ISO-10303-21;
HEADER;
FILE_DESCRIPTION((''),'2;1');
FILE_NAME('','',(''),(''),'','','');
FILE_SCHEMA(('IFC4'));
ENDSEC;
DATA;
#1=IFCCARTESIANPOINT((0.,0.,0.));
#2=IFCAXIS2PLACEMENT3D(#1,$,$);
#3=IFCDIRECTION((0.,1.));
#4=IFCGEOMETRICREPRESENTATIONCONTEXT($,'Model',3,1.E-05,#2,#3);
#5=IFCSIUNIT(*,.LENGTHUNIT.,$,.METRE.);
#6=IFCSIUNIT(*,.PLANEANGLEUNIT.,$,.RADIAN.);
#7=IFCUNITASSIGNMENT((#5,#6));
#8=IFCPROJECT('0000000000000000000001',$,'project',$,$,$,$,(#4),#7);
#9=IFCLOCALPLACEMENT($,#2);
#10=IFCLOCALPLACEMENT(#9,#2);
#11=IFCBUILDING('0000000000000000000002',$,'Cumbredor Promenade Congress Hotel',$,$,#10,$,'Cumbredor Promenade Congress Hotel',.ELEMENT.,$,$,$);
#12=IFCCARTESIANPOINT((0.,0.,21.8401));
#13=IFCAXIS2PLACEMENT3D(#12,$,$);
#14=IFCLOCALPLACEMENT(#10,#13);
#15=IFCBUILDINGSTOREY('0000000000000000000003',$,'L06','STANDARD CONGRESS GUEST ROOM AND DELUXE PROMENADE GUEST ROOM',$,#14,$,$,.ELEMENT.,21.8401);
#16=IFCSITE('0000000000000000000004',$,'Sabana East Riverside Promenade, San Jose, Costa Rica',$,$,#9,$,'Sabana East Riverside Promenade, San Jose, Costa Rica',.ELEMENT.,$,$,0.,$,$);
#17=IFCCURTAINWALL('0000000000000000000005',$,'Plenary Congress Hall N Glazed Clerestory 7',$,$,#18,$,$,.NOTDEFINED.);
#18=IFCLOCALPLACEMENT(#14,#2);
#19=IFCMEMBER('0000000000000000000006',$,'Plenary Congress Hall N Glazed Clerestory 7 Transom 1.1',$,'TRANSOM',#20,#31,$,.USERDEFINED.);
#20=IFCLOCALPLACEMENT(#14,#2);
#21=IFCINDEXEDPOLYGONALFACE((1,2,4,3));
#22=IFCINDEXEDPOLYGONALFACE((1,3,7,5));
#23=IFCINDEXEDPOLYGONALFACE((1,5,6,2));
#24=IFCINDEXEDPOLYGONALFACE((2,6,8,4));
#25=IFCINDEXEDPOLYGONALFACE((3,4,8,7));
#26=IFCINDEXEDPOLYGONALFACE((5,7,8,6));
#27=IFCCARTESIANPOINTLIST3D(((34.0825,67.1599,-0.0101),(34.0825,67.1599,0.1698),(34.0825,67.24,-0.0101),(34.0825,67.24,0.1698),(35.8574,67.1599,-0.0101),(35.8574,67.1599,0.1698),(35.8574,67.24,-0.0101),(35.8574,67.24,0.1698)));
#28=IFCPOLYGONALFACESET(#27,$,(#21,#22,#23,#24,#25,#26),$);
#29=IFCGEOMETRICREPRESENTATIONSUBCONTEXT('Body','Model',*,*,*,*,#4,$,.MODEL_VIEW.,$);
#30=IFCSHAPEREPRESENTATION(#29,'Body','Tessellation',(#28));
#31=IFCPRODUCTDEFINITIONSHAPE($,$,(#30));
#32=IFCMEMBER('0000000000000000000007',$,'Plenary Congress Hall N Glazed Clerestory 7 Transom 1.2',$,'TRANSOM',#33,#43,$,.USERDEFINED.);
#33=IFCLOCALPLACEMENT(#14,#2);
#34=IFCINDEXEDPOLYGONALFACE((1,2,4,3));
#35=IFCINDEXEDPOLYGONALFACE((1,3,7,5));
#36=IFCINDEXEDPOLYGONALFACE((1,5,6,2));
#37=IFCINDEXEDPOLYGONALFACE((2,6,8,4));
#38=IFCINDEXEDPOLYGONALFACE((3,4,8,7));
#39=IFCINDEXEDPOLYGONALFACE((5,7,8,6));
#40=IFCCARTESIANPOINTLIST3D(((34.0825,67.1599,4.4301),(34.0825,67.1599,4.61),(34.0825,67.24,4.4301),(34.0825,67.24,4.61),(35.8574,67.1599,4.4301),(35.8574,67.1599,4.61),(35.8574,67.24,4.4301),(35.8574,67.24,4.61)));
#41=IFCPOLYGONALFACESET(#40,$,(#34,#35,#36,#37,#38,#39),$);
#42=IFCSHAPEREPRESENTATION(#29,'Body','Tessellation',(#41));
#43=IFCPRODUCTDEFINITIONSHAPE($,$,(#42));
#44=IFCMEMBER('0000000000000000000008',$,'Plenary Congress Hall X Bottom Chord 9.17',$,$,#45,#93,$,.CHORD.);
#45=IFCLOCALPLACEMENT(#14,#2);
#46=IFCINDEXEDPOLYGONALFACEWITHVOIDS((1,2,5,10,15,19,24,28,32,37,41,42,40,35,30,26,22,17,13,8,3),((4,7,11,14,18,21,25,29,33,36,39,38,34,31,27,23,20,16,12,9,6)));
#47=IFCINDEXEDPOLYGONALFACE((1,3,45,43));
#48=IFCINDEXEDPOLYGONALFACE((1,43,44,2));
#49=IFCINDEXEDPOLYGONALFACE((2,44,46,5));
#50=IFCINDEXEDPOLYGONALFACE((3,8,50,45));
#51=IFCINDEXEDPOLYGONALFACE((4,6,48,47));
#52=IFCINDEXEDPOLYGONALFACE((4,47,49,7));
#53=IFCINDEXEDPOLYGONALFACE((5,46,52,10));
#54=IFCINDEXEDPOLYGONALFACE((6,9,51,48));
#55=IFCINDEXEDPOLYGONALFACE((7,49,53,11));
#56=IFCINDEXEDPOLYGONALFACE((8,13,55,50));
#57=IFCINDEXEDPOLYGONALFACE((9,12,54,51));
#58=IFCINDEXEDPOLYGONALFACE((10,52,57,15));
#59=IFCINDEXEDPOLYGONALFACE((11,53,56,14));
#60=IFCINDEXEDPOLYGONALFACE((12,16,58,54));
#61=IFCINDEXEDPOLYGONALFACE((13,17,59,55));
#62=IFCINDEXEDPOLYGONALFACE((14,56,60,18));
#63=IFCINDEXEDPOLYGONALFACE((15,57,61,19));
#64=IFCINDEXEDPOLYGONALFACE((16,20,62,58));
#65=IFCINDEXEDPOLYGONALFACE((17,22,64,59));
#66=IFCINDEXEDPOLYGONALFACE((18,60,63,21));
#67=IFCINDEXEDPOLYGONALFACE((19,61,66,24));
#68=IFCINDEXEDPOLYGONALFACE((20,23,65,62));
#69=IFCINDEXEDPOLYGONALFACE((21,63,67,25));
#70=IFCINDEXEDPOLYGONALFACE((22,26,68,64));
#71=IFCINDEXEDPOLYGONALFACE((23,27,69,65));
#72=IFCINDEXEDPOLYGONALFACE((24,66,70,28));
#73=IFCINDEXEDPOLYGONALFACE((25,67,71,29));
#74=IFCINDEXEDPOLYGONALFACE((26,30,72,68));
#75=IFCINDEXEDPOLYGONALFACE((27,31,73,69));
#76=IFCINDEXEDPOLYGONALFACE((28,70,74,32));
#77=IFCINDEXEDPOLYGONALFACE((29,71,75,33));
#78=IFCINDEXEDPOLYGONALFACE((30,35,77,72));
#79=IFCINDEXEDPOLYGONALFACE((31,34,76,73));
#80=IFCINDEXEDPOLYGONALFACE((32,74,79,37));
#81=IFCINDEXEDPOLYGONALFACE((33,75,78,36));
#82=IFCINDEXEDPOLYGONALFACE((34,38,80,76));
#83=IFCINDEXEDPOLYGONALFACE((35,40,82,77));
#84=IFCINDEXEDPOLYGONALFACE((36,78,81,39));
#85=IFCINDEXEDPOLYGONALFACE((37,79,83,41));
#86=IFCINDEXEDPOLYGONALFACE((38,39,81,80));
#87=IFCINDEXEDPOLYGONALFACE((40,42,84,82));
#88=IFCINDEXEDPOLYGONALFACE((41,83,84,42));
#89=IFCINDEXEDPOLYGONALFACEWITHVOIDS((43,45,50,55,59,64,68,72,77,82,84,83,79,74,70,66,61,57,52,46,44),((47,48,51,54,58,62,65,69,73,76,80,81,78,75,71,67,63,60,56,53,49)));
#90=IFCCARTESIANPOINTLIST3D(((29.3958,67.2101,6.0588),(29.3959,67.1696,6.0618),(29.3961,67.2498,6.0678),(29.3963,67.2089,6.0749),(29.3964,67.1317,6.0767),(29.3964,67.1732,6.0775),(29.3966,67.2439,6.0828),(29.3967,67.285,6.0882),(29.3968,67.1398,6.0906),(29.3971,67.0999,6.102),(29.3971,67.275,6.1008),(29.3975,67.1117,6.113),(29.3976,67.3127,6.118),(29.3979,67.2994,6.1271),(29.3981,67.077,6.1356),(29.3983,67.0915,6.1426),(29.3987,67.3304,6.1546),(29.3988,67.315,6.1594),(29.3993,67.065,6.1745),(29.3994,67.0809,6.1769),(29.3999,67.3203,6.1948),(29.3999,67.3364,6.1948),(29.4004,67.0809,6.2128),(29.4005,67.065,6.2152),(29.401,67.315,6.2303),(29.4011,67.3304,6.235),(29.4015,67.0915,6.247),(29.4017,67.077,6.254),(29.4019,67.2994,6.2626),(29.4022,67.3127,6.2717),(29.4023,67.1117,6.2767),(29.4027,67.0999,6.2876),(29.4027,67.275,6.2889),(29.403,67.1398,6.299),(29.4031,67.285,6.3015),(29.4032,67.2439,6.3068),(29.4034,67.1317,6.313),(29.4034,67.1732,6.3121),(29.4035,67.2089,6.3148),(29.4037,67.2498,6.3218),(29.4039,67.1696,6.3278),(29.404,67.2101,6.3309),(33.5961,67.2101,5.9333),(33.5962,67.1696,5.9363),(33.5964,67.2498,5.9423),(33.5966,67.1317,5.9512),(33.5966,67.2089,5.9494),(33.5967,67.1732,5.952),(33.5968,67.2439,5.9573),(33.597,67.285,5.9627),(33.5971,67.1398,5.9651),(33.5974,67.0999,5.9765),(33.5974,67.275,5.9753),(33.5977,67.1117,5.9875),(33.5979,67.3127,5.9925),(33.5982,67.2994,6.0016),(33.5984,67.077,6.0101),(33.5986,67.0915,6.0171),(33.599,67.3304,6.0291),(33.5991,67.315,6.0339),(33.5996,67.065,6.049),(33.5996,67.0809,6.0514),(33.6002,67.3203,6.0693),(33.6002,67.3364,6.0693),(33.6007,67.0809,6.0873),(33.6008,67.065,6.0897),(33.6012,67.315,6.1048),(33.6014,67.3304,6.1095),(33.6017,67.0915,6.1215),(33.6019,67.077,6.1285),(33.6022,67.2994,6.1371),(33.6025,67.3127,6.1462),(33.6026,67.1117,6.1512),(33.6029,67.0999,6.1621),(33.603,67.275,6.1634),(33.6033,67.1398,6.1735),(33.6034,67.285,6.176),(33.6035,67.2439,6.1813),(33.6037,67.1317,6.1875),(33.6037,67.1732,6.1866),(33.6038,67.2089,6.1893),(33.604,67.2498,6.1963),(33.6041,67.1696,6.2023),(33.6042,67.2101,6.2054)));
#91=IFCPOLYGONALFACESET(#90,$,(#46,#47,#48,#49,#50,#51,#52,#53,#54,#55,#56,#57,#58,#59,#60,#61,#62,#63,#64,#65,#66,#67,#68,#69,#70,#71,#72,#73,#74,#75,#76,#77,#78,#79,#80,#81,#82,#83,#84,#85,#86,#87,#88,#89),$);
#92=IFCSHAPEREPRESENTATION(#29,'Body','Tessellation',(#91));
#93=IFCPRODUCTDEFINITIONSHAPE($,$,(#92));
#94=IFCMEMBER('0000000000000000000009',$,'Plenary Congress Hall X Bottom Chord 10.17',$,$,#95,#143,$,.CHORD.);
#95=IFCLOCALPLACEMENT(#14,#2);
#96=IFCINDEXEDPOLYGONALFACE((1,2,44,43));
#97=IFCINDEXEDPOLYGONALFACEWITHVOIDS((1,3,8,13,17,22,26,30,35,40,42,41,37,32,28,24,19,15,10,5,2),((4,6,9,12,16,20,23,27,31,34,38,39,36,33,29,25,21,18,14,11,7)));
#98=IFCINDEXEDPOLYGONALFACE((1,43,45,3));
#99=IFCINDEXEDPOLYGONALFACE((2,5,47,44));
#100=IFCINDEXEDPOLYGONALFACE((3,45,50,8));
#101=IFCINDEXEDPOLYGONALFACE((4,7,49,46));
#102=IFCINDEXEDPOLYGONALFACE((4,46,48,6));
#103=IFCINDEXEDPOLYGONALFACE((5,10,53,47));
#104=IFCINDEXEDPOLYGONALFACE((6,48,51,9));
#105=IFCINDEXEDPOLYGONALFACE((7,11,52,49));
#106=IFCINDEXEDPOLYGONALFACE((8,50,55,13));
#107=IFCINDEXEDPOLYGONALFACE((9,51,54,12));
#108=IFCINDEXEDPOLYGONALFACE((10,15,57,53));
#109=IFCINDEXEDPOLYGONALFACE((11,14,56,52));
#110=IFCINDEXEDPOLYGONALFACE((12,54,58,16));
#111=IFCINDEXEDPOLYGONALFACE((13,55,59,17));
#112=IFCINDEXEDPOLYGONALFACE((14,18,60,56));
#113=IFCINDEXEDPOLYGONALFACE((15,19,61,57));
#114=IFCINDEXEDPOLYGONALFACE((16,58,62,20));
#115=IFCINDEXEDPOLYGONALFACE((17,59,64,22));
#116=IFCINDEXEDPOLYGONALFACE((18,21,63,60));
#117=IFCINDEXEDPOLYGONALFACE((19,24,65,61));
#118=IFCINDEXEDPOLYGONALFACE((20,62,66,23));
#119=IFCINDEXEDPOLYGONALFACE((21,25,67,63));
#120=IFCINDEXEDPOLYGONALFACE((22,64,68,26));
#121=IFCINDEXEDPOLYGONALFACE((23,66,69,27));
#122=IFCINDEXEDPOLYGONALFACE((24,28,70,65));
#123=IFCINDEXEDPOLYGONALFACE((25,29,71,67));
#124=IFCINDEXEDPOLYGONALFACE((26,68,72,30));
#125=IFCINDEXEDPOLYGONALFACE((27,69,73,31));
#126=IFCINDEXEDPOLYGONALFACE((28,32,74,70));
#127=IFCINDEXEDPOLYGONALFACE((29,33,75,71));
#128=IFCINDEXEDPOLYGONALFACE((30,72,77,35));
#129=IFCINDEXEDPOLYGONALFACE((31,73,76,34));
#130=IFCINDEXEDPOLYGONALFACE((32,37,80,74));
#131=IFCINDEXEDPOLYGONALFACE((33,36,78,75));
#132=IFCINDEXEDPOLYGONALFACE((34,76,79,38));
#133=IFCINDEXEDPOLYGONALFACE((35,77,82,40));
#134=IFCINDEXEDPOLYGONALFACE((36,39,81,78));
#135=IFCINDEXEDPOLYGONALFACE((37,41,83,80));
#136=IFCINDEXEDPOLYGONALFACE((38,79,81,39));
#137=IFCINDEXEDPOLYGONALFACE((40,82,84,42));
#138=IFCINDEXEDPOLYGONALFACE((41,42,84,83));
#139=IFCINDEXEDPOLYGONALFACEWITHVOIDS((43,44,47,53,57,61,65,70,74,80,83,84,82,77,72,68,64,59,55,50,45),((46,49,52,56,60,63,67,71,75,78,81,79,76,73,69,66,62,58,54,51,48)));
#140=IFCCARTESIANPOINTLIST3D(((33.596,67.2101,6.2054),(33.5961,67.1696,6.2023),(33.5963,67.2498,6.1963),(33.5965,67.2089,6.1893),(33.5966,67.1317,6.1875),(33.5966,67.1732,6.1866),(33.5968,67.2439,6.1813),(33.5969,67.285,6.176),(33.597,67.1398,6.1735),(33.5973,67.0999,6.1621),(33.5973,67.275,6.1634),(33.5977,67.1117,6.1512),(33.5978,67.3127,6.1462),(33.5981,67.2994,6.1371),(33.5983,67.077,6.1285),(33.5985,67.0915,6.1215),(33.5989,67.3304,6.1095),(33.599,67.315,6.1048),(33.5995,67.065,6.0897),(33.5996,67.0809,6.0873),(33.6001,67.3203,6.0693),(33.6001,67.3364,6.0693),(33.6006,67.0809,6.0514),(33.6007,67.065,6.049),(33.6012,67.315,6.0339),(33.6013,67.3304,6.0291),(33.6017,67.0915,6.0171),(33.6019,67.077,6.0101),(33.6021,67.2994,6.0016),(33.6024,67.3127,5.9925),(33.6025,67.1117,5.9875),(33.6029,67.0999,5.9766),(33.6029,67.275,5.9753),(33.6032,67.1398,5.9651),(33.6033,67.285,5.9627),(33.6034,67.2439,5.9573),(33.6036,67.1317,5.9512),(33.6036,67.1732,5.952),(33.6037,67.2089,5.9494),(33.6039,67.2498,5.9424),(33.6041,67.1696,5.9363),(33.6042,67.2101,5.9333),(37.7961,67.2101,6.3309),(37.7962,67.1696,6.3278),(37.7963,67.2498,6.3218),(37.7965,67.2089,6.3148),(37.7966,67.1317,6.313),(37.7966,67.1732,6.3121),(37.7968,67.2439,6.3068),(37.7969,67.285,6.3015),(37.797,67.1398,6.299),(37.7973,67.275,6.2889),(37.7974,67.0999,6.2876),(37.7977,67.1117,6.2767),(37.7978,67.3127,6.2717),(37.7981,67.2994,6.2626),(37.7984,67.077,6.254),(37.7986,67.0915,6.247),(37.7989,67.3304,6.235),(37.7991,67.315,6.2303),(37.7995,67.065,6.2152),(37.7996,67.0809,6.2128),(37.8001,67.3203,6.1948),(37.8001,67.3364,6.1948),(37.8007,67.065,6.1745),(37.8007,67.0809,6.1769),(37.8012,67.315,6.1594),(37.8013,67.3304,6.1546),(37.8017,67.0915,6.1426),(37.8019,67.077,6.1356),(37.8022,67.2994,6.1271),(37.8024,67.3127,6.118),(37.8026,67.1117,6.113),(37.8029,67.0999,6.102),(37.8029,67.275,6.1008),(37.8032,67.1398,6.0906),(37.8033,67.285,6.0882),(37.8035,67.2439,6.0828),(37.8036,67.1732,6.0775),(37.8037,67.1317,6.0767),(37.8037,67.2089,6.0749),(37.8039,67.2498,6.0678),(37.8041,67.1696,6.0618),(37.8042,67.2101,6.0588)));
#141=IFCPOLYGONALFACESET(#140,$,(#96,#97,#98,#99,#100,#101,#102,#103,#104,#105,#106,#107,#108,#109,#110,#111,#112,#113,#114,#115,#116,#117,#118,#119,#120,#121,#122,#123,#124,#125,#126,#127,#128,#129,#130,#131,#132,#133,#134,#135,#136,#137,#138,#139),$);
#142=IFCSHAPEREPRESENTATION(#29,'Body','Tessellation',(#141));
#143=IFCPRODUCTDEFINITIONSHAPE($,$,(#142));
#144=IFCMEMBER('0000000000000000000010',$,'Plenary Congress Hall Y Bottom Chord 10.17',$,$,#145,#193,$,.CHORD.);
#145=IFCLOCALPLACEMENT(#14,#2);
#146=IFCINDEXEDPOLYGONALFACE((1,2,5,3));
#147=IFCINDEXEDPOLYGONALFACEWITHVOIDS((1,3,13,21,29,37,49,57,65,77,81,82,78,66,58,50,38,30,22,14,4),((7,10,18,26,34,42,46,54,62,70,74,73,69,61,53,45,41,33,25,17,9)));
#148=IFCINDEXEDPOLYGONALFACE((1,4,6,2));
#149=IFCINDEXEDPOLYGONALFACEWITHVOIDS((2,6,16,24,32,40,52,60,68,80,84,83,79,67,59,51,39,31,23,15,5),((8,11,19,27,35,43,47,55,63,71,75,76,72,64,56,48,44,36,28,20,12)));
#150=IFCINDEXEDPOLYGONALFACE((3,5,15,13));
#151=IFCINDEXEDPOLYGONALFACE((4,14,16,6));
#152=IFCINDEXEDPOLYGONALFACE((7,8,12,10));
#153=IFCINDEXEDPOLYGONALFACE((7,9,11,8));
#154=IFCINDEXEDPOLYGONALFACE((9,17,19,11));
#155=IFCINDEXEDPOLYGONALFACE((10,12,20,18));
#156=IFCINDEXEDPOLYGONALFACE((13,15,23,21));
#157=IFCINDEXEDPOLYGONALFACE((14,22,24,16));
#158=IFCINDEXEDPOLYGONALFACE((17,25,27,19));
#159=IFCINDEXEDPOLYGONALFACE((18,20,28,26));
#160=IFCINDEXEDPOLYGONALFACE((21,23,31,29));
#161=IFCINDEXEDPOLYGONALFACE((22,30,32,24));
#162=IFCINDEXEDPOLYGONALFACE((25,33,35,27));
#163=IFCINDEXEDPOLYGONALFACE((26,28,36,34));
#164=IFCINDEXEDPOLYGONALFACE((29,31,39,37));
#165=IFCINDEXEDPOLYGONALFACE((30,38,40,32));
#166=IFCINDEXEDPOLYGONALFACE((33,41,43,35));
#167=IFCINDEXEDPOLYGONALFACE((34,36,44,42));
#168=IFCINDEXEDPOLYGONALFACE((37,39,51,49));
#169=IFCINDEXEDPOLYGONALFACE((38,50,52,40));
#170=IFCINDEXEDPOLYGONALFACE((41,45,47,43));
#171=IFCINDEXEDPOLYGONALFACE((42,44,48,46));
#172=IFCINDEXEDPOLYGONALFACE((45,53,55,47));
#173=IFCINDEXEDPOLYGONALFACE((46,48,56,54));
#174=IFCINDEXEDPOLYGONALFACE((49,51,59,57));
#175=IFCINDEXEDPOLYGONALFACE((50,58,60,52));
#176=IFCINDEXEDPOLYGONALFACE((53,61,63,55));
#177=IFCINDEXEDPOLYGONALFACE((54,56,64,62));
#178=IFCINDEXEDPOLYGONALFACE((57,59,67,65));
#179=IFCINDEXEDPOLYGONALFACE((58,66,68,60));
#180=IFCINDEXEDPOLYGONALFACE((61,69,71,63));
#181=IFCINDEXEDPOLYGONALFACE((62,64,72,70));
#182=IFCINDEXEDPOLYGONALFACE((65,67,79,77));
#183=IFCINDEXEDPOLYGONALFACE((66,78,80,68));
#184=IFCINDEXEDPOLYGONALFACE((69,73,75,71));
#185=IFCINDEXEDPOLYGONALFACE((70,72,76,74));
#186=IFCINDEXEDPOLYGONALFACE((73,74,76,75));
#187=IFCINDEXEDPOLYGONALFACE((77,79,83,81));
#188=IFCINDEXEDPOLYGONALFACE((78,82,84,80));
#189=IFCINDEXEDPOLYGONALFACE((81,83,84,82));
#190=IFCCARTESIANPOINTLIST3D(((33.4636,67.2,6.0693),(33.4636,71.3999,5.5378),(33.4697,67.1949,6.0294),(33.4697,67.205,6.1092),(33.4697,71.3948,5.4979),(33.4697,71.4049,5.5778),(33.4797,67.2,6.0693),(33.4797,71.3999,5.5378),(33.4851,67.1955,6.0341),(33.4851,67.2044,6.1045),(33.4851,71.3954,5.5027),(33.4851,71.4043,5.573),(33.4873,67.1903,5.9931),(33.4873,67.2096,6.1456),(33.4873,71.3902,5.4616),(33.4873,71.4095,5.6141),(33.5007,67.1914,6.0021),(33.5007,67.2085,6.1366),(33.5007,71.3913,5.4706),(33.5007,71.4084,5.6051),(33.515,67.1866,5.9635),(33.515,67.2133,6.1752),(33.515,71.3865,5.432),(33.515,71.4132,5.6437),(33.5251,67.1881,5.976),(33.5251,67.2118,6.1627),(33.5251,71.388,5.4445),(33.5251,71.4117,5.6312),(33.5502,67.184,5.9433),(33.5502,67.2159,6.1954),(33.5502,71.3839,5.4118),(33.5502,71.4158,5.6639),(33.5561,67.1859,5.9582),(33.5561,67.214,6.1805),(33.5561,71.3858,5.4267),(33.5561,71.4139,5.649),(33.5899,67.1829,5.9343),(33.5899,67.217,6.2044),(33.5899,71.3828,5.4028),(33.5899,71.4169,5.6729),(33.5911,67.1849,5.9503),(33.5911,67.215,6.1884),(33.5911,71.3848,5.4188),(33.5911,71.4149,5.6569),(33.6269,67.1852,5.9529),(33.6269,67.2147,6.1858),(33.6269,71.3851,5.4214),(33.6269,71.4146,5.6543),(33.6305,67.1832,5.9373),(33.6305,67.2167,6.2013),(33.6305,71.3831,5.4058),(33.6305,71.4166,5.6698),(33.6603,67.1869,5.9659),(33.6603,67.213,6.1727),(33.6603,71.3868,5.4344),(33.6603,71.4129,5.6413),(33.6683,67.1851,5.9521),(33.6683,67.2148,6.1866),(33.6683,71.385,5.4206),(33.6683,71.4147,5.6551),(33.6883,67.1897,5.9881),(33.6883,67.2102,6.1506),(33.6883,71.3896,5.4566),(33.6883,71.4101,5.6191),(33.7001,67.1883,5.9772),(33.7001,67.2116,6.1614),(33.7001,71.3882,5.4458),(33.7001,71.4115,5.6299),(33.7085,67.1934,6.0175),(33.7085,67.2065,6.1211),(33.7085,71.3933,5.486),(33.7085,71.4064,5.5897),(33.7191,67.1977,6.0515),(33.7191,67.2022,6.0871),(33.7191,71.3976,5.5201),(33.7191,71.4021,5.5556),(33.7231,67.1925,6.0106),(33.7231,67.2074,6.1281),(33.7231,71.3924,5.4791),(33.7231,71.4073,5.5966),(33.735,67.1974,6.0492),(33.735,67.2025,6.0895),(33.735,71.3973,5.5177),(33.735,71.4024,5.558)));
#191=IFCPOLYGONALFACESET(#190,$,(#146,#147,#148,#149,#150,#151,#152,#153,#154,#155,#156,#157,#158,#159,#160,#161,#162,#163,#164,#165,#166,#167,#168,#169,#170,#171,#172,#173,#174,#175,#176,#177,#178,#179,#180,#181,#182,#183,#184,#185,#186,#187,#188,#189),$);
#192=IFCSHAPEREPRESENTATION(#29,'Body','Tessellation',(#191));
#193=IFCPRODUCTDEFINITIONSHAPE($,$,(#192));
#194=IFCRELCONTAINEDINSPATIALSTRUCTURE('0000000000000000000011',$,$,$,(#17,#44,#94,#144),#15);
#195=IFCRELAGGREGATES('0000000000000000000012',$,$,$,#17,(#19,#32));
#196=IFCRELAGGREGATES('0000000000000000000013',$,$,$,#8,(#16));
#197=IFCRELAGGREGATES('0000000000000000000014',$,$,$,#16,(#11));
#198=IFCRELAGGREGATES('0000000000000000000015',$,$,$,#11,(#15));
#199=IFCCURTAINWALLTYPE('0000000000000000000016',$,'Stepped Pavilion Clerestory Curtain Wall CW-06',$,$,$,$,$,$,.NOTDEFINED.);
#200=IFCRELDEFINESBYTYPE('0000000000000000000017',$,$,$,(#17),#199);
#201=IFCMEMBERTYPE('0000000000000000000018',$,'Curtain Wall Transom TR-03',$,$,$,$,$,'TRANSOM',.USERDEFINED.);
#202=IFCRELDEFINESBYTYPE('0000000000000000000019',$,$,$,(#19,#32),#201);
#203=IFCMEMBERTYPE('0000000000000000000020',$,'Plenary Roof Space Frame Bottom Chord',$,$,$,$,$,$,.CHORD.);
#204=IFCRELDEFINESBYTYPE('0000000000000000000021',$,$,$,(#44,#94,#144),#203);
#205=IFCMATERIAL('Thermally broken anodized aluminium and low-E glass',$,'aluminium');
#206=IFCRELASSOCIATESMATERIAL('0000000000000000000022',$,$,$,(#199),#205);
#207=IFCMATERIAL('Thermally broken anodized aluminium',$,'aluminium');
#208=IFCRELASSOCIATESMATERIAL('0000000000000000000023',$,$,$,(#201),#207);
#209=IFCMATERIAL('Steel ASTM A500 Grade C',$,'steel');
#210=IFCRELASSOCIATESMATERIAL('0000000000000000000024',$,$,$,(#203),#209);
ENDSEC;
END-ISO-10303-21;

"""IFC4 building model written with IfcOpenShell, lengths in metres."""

from ifc_helpers import new_model, si_unit, direction, frame, origin, origin_2d, place, context, subcontext, project, spatial, rectangle, hollow_circle, extrude, material, material_profile, profile_set, type_object, element, aggregate, save


model = new_model("IFC4")

# Units and contexts
model_context = context("Model", 3, precision=1e-05, world=origin(), true_north=direction((0.0, 1.0)))
body_context = subcontext(model_context, "Body", "Model", "MODEL_VIEW")
ifc_project = project(units=[si_unit("LENGTHUNIT", "METRE"), si_unit("PLANEANGLEUNIT", "RADIAN")], contexts=[model_context])

# Site, building, storey
site_placement = place(None, origin())
site = spatial("IfcSite", under=ifc_project, at=site_placement, Name="Sabana East Riverside Promenade, San Jose, Costa Rica", LongName="Sabana East Riverside Promenade, San Jose, Costa Rica", CompositionType="ELEMENT", RefElevation=0.0)
building_placement = place(site_placement, origin())
building = spatial("IfcBuilding", under=site, at=building_placement, Name="Cumbredor Promenade Congress Hotel", LongName="Cumbredor Promenade Congress Hotel", CompositionType="ELEMENT")
storey_placement = place(building_placement, frame((0.0, 0.0, 21.8401)))
storey = spatial("IfcBuildingStorey", under=building, at=storey_placement, Name="L06", Description="STANDARD CONGRESS GUEST ROOM AND DELUXE PROMENADE GUEST ROOM", CompositionType="ELEMENT", Elevation=21.8401)

# Shared definitions
ifc_material_1 = material(Name="Thermally broken anodized aluminium and low-E glass", Category="aluminium")
curtain_wall_type = type_object("IfcCurtainWallType", Name="Stepped Pavilion Clerestory Curtain Wall CW-06", PredefinedType="NOTDEFINED", material=ifc_material_1)
ifc_material_2 = material(Name="Thermally broken anodized aluminium", Category="aluminium")

# Curtain wall
curtain_wall_1_placement = place(storey_placement, origin())
curtain_wall_1 = element("IfcCurtainWall", 1, at=curtain_wall_1_placement, inside=storey, type_object=curtain_wall_type, Name="Plenary Congress Hall N Glazed Clerestory 7", PredefinedType="NOTDEFINED")

# Members
ifc_material_profile_1 = material_profile(ifc_material_2, rectangle(XDim=0.0801, YDim=0.1799, at=origin_2d()), Name="ALU TRANSOM 80x180")
ifc_profile_set_1 = profile_set([ifc_material_profile_1], Name="Thermally broken anodized aluminium")
member_type_1 = type_object("IfcMemberType", Name="Curtain Wall Transom TR-03", ElementType="TRANSOM", PredefinedType="USERDEFINED", material=ifc_profile_set_1)
member_1_placement = place(storey_placement, frame((34.0825, 67.2, 0.0798), z_axis=(1.0, 0.0, 0.0), x_axis=(0.0, 1.0, 0.0)))
member_1 = element("IfcMember", 2, at=member_1_placement, type_object=member_type_1, Name="Plenary Congress Hall N Glazed Clerestory 7 Transom 1.1", ObjectType="TRANSOM", PredefinedType="USERDEFINED", context=body_context, shape_type="SweptSolid", body=[
    extrude(rectangle(XDim=0.0801, YDim=0.1799, at=origin_2d()), origin(), (0.0, 0.0, 1.0), 1.7749),
])
member_2_placement = place(storey_placement, frame((34.0825, 67.2, 4.52), z_axis=(1.0, 0.0, 0.0), x_axis=(0.0, 1.0, 0.0)))
member_2 = element("IfcMember", 3, at=member_2_placement, type_object=member_type_1, Name="Plenary Congress Hall N Glazed Clerestory 7 Transom 1.2", ObjectType="TRANSOM", PredefinedType="USERDEFINED", context=body_context, shape_type="SweptSolid", body=[
    extrude(rectangle(XDim=0.0801, YDim=0.1799, at=origin_2d()), origin(), (0.0, 0.0, 1.0), 1.7749),
])

# Members
ifc_material_3 = material(Name="Steel ASTM A500 Grade C", Category="steel")
ifc_material_profile_2 = material_profile(ifc_material_3, hollow_circle(Radius=0.1365, WallThickness=0.0161, at=origin_2d()), Name="CHS 273.0x16")
ifc_profile_set_2 = profile_set([ifc_material_profile_2], Name="Steel ASTM A500 Grade C")
member_type_2 = type_object("IfcMemberType", Name="Plenary Roof Space Frame Bottom Chord", PredefinedType="CHORD", material=ifc_profile_set_2)
member_3_placement = place(storey_placement, frame((29.3999, 67.2, 6.1948), z_axis=(0.999554, 0.0, -0.029863), x_axis=(0.0, 1.0, 0.0)))
element("IfcMember", 4, at=member_3_placement, inside=storey, type_object=member_type_2, Name="Plenary Congress Hall X Bottom Chord 9.17", PredefinedType="CHORD", context=body_context, shape_type="SweptSolid", body=[
    extrude(hollow_circle(Radius=0.1365, WallThickness=0.0161, at=origin_2d()), origin(), (0.0, 0.0, 1.0), 4.2021),
])
member_4_placement = place(storey_placement, frame((33.6001, 67.2, 6.0693), z_axis=(0.999554, 0.0, 0.029865), x_axis=(0.0, 1.0, 0.0)))
element("IfcMember", 5, at=member_4_placement, inside=storey, type_object=member_type_2, Name="Plenary Congress Hall X Bottom Chord 10.17", PredefinedType="CHORD", context=body_context, shape_type="SweptSolid", body=[
    extrude(hollow_circle(Radius=0.1365, WallThickness=0.0161, at=origin_2d()), origin(), (0.0, 0.0, 1.0), 4.2019),
])
member_5_placement = place(storey_placement, frame((33.6001, 67.2, 6.0693), z_axis=(0.0, 0.992088, -0.125546), x_axis=(-1.0, 0.0, 0.0)))
element("IfcMember", 6, at=member_5_placement, inside=storey, type_object=member_type_2, Name="Plenary Congress Hall Y Bottom Chord 10.17", PredefinedType="CHORD", context=body_context, shape_type="SweptSolid", body=[
    extrude(hollow_circle(Radius=0.1365, WallThickness=0.0161, at=origin_2d()), origin(), (0.0, 0.0, 1.0), 4.2334),
])

aggregate(curtain_wall_1, [member_1, member_2])

save(model, "model.ifc")
